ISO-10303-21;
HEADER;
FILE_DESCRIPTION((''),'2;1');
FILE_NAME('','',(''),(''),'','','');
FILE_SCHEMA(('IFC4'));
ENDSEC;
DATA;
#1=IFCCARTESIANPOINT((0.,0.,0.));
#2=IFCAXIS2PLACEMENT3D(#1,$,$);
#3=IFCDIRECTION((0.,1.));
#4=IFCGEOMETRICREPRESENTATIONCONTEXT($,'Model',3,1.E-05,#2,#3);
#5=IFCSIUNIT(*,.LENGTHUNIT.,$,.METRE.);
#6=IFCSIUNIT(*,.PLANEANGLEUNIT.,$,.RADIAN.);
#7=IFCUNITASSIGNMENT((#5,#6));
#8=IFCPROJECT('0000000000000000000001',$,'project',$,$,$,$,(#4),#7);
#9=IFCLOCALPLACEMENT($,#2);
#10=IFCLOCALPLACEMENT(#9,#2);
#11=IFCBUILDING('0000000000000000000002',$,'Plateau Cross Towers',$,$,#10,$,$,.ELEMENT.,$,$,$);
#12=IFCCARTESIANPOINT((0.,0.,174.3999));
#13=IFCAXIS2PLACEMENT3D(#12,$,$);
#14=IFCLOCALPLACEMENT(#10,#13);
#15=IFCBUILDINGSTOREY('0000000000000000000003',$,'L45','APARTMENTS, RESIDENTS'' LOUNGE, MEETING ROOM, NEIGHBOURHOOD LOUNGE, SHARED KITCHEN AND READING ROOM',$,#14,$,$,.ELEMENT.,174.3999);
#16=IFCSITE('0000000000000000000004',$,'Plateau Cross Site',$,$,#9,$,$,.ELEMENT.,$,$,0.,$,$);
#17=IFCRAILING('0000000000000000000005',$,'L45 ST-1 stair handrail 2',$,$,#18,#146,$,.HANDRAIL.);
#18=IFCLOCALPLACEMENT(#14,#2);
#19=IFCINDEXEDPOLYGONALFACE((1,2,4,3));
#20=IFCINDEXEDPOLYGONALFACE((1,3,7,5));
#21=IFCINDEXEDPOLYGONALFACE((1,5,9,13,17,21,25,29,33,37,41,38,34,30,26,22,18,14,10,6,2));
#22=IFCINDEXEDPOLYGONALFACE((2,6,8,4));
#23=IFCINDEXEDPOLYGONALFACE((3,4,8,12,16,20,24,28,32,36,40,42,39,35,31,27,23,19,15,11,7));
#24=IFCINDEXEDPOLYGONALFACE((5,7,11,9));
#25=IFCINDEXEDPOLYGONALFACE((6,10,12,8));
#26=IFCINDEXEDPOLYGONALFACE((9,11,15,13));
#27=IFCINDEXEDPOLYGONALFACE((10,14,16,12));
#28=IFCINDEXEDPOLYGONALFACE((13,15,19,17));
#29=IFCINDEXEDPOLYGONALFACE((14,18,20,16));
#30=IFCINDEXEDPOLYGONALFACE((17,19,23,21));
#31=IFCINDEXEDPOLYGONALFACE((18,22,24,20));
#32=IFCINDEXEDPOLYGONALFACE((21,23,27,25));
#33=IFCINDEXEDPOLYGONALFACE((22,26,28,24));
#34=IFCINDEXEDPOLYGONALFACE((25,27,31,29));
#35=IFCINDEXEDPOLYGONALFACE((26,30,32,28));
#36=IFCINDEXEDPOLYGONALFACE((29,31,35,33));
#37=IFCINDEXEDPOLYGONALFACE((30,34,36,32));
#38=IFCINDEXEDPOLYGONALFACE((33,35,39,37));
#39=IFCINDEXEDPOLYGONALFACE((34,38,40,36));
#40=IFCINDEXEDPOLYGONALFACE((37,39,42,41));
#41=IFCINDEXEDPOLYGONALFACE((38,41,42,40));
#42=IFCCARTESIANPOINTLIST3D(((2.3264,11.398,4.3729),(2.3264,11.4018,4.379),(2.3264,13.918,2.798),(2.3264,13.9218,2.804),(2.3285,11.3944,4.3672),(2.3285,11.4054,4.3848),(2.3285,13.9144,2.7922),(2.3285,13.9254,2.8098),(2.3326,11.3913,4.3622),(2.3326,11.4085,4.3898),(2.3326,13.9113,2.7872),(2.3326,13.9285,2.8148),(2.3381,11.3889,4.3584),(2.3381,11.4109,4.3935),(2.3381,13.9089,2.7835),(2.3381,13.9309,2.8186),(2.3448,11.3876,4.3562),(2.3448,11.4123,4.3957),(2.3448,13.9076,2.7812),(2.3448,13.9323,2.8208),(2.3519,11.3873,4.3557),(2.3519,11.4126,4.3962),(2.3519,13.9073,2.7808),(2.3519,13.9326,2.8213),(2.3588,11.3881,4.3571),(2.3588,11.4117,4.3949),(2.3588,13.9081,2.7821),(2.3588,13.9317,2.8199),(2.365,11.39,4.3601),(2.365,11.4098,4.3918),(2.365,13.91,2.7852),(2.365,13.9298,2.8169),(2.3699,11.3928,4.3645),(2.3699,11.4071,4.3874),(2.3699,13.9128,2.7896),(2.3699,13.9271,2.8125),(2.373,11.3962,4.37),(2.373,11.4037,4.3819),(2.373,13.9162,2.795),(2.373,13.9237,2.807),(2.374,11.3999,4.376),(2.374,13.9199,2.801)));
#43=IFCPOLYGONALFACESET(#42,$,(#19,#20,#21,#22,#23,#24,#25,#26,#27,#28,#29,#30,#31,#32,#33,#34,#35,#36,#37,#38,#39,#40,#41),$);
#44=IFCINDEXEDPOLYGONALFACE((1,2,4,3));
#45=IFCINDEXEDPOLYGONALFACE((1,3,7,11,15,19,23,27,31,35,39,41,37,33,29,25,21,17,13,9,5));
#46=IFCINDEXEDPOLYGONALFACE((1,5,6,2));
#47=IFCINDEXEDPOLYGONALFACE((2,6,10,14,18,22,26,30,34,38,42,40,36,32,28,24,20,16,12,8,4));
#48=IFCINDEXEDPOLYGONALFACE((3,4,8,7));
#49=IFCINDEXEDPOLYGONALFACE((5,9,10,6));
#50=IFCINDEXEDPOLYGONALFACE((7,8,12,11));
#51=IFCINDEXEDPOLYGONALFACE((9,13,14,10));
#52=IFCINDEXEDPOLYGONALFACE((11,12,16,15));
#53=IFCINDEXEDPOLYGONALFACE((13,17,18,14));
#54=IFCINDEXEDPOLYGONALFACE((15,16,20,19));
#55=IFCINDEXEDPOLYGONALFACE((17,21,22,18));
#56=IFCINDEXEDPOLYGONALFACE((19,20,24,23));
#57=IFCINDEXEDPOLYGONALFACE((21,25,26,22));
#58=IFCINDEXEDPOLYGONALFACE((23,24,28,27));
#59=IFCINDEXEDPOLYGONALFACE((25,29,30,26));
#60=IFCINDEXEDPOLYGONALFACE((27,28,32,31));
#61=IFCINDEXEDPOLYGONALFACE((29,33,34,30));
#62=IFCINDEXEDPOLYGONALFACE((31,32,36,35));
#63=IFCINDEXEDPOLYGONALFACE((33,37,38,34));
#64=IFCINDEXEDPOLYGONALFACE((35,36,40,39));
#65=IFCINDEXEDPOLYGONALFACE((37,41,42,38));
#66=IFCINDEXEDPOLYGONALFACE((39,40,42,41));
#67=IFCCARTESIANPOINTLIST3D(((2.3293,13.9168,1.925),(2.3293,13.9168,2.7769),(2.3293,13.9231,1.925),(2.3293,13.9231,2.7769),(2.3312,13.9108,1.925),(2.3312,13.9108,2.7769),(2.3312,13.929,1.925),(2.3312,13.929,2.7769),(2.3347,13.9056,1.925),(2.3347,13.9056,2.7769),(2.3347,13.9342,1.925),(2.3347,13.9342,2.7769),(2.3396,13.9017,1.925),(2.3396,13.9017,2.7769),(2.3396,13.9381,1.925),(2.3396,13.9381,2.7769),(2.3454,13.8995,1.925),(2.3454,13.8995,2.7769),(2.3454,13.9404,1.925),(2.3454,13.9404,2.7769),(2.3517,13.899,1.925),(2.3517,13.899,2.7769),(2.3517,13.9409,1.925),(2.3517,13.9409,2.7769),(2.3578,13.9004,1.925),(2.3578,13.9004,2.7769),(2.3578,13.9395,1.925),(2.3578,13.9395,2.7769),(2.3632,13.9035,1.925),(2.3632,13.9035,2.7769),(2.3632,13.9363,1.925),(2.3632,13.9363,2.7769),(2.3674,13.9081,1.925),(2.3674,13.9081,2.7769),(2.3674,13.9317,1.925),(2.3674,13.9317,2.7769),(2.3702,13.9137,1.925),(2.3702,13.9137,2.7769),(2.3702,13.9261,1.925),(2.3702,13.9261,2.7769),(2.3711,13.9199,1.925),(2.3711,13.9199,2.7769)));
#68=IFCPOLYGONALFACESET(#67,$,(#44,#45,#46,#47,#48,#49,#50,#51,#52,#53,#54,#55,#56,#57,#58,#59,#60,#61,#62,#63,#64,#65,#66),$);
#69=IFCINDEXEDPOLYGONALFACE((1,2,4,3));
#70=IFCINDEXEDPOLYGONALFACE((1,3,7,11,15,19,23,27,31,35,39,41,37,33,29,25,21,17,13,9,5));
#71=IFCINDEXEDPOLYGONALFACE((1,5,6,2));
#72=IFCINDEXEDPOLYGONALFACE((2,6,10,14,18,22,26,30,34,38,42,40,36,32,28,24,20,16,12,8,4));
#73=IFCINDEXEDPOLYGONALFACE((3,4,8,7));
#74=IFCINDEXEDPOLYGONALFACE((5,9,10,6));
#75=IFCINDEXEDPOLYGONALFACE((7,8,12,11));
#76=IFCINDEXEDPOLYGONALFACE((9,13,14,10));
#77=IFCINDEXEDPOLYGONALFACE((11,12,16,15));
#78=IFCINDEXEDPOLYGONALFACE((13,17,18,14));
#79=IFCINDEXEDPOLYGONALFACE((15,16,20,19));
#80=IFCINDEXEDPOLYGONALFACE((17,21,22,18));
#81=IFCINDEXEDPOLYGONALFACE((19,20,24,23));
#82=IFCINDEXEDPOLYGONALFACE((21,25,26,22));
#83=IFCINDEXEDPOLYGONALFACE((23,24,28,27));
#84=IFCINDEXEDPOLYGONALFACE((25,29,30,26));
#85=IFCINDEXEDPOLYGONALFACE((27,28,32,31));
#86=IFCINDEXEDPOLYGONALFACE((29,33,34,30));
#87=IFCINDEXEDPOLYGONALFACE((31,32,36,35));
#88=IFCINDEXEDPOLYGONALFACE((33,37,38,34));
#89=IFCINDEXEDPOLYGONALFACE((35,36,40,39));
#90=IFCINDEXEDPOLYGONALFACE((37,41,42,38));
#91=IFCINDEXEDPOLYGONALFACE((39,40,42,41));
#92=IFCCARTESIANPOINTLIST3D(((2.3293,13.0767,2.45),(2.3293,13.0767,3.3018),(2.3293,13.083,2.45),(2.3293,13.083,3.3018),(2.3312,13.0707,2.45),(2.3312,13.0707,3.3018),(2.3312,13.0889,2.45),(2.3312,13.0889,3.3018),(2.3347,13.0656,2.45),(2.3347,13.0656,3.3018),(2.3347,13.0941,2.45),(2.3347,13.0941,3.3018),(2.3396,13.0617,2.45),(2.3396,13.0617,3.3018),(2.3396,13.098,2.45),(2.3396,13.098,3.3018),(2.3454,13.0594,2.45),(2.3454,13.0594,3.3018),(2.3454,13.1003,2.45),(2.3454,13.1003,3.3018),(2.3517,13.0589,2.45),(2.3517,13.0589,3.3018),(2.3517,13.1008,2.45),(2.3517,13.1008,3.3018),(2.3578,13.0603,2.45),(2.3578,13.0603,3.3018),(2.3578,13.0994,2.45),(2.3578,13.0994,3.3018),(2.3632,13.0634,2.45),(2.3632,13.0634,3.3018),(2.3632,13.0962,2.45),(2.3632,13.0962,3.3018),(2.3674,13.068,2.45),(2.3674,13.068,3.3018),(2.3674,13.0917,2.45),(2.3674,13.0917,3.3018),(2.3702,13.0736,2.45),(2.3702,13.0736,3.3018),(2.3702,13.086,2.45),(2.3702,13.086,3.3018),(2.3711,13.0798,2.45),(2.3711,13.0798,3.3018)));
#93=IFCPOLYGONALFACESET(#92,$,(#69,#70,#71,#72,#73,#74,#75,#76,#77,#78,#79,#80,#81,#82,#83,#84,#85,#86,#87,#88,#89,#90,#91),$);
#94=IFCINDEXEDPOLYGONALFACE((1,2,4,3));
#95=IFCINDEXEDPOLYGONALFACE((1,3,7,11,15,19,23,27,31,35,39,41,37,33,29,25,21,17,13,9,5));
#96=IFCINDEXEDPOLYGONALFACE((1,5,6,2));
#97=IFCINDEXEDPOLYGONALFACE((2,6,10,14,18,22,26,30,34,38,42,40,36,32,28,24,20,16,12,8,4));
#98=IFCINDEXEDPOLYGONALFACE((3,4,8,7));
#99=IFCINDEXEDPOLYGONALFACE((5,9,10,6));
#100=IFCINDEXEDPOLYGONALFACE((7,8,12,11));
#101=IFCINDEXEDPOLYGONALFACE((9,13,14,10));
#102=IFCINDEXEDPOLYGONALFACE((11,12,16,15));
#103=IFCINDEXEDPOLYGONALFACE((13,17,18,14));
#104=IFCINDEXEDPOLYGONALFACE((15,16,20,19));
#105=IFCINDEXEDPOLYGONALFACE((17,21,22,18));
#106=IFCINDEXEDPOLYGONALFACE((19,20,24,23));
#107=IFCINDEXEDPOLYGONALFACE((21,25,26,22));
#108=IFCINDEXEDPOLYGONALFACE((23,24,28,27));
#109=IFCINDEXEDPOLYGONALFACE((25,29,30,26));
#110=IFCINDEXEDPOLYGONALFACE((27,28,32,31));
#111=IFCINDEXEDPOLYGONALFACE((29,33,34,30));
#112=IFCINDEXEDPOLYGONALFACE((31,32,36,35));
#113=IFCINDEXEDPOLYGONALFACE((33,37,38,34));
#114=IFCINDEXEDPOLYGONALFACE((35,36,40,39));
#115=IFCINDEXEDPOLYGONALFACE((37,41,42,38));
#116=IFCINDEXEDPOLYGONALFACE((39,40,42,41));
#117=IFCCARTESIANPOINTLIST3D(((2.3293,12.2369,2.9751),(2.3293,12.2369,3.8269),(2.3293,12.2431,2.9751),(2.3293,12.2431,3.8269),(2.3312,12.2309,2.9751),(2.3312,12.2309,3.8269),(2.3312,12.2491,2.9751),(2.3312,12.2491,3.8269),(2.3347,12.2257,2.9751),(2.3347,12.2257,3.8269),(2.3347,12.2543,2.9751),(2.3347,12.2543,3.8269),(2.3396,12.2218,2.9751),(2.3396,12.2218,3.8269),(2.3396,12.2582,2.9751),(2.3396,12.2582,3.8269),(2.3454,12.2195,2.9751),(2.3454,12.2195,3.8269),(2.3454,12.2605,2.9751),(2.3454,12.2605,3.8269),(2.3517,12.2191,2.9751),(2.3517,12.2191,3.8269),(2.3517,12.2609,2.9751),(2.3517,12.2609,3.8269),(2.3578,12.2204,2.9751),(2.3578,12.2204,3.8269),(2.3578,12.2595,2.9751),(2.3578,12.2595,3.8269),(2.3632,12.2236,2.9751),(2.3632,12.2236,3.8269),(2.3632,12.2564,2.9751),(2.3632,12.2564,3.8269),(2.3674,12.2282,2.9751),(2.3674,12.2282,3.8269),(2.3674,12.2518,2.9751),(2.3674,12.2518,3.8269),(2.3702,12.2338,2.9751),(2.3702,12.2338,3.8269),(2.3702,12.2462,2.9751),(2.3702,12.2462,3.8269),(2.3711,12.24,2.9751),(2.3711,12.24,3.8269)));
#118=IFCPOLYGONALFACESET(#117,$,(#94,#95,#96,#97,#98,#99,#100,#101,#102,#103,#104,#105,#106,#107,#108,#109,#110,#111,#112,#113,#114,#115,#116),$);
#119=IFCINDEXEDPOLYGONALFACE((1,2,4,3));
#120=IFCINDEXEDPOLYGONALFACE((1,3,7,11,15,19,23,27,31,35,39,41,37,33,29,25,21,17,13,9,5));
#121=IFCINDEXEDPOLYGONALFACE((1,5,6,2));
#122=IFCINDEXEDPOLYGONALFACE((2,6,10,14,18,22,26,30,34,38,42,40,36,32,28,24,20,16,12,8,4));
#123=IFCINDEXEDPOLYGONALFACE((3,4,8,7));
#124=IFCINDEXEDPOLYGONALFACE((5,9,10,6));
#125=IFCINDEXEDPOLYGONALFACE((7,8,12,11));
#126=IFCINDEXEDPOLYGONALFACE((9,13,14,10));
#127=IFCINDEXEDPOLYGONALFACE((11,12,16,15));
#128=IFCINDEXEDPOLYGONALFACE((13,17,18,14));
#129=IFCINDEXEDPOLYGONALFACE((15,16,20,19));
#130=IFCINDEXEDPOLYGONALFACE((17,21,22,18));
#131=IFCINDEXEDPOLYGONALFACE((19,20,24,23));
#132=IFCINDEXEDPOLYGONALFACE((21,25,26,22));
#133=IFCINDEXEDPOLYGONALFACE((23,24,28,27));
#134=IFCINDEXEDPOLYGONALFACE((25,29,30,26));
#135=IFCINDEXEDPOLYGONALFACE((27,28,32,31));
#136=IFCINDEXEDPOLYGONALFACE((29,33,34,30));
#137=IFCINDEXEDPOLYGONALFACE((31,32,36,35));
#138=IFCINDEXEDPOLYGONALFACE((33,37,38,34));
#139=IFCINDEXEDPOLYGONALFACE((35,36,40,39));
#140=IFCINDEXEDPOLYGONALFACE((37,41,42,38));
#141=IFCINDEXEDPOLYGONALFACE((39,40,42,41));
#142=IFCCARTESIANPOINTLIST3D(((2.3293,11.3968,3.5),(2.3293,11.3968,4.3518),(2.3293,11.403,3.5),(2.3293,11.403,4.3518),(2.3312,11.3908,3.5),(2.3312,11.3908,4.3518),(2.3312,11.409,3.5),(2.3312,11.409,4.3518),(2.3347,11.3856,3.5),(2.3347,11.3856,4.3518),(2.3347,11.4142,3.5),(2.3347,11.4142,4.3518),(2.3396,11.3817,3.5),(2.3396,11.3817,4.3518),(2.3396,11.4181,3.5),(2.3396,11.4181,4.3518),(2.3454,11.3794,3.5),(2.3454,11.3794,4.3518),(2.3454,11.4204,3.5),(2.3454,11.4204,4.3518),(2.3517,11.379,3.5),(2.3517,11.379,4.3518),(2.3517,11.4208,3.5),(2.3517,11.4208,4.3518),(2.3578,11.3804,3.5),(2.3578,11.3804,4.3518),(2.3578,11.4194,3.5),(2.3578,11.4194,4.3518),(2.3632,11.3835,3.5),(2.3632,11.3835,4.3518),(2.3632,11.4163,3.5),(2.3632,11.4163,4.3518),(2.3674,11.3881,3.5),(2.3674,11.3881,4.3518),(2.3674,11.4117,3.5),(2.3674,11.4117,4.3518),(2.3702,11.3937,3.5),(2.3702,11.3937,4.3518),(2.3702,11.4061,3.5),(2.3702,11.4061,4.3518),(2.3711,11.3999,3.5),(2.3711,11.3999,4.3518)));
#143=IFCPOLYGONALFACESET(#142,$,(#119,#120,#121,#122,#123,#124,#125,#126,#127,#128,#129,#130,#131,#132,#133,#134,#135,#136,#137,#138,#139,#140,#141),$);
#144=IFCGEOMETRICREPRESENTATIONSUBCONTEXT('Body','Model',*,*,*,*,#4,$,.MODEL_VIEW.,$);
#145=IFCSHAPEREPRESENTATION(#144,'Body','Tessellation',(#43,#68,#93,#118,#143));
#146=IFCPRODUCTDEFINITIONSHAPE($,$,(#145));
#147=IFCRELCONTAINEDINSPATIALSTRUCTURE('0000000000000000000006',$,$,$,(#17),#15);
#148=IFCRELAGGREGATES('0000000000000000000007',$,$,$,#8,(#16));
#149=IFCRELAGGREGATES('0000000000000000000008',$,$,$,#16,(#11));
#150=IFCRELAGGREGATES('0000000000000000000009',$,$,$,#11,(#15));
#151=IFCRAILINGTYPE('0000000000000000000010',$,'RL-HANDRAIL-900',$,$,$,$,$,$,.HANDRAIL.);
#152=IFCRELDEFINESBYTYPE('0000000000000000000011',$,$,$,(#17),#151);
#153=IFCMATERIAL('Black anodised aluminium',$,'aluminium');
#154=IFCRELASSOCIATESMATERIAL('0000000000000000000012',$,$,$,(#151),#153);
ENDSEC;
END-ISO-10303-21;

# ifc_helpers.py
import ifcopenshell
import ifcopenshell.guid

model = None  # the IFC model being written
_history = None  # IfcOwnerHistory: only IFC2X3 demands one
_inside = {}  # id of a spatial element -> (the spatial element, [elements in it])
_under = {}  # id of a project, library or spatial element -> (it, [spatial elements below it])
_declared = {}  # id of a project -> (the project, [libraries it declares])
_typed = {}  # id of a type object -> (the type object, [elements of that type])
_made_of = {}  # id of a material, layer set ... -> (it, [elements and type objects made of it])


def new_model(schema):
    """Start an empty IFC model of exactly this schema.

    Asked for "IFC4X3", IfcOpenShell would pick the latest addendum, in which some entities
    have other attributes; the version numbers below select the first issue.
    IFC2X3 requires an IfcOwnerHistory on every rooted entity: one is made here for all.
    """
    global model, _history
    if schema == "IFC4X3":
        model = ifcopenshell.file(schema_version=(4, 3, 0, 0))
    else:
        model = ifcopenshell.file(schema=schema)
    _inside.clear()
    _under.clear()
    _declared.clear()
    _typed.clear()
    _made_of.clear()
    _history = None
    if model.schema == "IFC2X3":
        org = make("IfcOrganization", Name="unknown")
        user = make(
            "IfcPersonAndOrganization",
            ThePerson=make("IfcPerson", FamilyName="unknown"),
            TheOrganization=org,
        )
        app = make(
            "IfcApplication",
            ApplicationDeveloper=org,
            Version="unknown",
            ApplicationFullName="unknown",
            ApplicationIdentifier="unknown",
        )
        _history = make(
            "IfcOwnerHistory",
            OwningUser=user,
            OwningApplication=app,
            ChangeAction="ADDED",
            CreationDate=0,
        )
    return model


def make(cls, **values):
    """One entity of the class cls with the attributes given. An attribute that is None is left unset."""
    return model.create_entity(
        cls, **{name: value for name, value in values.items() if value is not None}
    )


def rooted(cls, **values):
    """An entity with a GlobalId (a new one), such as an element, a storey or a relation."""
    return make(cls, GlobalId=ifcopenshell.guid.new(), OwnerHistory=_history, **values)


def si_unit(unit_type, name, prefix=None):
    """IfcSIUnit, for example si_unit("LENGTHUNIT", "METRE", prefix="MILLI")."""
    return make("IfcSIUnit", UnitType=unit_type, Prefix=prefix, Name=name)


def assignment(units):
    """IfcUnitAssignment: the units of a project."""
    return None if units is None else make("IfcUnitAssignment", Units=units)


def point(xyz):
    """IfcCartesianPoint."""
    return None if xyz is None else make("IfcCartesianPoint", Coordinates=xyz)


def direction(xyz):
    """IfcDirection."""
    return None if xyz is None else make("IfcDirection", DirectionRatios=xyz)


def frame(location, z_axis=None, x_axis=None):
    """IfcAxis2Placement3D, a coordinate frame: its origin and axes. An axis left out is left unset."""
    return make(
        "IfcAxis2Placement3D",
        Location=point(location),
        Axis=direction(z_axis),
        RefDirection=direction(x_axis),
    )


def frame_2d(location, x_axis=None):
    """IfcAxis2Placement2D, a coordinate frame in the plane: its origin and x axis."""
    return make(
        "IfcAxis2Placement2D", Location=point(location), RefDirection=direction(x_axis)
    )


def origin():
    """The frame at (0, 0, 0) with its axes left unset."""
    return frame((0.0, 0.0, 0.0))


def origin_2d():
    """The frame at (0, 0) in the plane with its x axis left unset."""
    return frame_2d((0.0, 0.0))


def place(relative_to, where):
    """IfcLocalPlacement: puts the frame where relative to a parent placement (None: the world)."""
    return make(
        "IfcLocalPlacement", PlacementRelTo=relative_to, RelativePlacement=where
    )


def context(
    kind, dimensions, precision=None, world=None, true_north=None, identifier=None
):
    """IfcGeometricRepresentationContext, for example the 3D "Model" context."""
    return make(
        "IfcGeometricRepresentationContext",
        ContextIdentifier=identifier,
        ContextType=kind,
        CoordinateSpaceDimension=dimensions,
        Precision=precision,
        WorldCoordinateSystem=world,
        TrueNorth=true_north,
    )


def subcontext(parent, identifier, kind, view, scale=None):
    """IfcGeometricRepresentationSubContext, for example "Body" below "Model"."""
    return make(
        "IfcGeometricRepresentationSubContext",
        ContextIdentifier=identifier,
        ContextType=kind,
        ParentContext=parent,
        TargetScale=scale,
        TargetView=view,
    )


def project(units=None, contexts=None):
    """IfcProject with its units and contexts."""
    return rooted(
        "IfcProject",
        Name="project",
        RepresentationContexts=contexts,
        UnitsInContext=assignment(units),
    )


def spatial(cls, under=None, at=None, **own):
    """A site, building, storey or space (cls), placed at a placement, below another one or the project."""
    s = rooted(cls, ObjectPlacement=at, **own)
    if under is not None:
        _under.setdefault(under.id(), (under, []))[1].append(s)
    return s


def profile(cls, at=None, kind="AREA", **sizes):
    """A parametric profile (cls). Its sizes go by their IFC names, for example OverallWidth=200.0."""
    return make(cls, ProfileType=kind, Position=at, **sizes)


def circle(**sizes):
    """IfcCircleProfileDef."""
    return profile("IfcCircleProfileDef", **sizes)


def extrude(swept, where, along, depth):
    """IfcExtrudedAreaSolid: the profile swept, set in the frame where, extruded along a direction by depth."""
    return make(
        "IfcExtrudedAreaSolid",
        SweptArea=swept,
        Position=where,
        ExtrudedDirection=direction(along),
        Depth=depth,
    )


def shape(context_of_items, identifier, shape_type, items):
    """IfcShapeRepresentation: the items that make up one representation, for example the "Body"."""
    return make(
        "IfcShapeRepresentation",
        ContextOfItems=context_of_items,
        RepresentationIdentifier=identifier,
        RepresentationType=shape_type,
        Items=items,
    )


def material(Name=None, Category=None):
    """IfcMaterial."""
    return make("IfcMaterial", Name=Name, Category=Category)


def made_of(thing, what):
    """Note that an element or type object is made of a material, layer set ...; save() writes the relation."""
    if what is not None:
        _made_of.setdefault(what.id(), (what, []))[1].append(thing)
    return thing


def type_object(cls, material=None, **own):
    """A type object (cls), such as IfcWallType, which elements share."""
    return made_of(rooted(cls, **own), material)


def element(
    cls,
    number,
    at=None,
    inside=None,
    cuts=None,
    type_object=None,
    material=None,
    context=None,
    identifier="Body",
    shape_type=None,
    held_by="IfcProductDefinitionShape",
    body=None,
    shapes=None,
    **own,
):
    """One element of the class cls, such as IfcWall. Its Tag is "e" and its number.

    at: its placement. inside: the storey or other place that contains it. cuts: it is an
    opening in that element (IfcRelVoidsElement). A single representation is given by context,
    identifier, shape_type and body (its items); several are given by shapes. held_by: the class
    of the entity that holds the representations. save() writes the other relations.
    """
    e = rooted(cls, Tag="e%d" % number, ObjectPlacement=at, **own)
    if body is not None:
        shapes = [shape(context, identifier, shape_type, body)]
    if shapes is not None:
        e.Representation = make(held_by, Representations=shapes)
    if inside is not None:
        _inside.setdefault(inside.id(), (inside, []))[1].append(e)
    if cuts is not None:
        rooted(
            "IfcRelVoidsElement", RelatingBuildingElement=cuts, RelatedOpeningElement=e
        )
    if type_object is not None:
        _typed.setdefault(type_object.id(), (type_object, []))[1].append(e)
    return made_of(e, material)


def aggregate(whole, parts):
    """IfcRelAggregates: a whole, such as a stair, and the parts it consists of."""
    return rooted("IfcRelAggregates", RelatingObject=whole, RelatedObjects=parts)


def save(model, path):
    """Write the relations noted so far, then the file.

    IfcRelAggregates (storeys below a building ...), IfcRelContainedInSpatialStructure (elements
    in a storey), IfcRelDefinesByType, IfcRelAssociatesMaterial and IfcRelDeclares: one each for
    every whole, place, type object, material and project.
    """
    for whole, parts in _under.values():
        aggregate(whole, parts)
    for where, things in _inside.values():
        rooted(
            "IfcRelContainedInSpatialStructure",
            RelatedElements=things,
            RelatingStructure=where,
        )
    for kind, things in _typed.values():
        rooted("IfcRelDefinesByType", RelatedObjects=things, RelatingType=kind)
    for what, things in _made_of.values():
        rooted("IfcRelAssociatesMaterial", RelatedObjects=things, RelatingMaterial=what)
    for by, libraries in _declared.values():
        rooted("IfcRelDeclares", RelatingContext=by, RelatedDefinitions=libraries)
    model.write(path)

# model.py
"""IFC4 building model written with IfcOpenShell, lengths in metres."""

from ifc_helpers import new_model, si_unit, direction, frame, origin, origin_2d, place, context, subcontext, project, spatial, circle, extrude, material, type_object, element, save


model = new_model("IFC4")

# Units and contexts
model_context = context("Model", 3, precision=1e-05, world=origin(), true_north=direction((0.0, 1.0)))
body_context = subcontext(model_context, "Body", "Model", "MODEL_VIEW")
ifc_project = project(units=[si_unit("LENGTHUNIT", "METRE"), si_unit("PLANEANGLEUNIT", "RADIAN")], contexts=[model_context])

# Site, building, storey
site_placement = place(None, origin())
site = spatial("IfcSite", under=ifc_project, at=site_placement, Name="Plateau Cross Site", CompositionType="ELEMENT", RefElevation=0.0)
building_placement = place(site_placement, origin())
building = spatial("IfcBuilding", under=site, at=building_placement, Name="Plateau Cross Towers", CompositionType="ELEMENT")
storey_placement = place(building_placement, frame((0.0, 0.0, 174.3999)))
storey = spatial("IfcBuildingStorey", under=building, at=storey_placement, Name="L45", Description="APARTMENTS, RESIDENTS' LOUNGE, MEETING ROOM, NEIGHBOURHOOD LOUNGE, SHARED KITCHEN AND READING ROOM", CompositionType="ELEMENT", Elevation=174.3999)

# Shared definitions
ifc_material_1 = material(Name="Black anodised aluminium", Category="aluminium")

# Railing
railing_type_1 = type_object("IfcRailingType", Name="RL-HANDRAIL-900", PredefinedType="HANDRAIL", material=ifc_material_1)
railing_1_placement = place(storey_placement, frame((2.3501, 13.9199, 1.925)))
element("IfcRailing", 1, at=railing_1_placement, inside=storey, type_object=railing_type_1, Name="L45 ST-1 stair handrail 2", PredefinedType="HANDRAIL", context=body_context, shape_type="SweptSolid", body=[
    extrude(circle(Radius=0.0239, at=origin_2d()), frame((0.0, 0.0, 0.876), z_axis=(0.0, -0.848008, 0.529984), x_axis=(1.0, 0.0, 0.0)), (0.0, 0.0, 1.0), 2.9717),
    extrude(circle(Radius=0.021, at=origin_2d()), origin(), (0.0, 0.0, 1.0), 0.8518),
    extrude(circle(Radius=0.021, at=origin_2d()), frame((0.0, -0.8401, 0.5249)), (0.0, 0.0, 1.0), 0.8518),
    extrude(circle(Radius=0.021, at=origin_2d()), frame((0.0, -1.6799, 1.05)), (0.0, 0.0, 1.0), 0.8518),
    extrude(circle(Radius=0.021, at=origin_2d()), frame((0.0, -2.52, 1.575)), (0.0, 0.0, 1.0), 0.8518),
])

save(model, "model.ifc")
